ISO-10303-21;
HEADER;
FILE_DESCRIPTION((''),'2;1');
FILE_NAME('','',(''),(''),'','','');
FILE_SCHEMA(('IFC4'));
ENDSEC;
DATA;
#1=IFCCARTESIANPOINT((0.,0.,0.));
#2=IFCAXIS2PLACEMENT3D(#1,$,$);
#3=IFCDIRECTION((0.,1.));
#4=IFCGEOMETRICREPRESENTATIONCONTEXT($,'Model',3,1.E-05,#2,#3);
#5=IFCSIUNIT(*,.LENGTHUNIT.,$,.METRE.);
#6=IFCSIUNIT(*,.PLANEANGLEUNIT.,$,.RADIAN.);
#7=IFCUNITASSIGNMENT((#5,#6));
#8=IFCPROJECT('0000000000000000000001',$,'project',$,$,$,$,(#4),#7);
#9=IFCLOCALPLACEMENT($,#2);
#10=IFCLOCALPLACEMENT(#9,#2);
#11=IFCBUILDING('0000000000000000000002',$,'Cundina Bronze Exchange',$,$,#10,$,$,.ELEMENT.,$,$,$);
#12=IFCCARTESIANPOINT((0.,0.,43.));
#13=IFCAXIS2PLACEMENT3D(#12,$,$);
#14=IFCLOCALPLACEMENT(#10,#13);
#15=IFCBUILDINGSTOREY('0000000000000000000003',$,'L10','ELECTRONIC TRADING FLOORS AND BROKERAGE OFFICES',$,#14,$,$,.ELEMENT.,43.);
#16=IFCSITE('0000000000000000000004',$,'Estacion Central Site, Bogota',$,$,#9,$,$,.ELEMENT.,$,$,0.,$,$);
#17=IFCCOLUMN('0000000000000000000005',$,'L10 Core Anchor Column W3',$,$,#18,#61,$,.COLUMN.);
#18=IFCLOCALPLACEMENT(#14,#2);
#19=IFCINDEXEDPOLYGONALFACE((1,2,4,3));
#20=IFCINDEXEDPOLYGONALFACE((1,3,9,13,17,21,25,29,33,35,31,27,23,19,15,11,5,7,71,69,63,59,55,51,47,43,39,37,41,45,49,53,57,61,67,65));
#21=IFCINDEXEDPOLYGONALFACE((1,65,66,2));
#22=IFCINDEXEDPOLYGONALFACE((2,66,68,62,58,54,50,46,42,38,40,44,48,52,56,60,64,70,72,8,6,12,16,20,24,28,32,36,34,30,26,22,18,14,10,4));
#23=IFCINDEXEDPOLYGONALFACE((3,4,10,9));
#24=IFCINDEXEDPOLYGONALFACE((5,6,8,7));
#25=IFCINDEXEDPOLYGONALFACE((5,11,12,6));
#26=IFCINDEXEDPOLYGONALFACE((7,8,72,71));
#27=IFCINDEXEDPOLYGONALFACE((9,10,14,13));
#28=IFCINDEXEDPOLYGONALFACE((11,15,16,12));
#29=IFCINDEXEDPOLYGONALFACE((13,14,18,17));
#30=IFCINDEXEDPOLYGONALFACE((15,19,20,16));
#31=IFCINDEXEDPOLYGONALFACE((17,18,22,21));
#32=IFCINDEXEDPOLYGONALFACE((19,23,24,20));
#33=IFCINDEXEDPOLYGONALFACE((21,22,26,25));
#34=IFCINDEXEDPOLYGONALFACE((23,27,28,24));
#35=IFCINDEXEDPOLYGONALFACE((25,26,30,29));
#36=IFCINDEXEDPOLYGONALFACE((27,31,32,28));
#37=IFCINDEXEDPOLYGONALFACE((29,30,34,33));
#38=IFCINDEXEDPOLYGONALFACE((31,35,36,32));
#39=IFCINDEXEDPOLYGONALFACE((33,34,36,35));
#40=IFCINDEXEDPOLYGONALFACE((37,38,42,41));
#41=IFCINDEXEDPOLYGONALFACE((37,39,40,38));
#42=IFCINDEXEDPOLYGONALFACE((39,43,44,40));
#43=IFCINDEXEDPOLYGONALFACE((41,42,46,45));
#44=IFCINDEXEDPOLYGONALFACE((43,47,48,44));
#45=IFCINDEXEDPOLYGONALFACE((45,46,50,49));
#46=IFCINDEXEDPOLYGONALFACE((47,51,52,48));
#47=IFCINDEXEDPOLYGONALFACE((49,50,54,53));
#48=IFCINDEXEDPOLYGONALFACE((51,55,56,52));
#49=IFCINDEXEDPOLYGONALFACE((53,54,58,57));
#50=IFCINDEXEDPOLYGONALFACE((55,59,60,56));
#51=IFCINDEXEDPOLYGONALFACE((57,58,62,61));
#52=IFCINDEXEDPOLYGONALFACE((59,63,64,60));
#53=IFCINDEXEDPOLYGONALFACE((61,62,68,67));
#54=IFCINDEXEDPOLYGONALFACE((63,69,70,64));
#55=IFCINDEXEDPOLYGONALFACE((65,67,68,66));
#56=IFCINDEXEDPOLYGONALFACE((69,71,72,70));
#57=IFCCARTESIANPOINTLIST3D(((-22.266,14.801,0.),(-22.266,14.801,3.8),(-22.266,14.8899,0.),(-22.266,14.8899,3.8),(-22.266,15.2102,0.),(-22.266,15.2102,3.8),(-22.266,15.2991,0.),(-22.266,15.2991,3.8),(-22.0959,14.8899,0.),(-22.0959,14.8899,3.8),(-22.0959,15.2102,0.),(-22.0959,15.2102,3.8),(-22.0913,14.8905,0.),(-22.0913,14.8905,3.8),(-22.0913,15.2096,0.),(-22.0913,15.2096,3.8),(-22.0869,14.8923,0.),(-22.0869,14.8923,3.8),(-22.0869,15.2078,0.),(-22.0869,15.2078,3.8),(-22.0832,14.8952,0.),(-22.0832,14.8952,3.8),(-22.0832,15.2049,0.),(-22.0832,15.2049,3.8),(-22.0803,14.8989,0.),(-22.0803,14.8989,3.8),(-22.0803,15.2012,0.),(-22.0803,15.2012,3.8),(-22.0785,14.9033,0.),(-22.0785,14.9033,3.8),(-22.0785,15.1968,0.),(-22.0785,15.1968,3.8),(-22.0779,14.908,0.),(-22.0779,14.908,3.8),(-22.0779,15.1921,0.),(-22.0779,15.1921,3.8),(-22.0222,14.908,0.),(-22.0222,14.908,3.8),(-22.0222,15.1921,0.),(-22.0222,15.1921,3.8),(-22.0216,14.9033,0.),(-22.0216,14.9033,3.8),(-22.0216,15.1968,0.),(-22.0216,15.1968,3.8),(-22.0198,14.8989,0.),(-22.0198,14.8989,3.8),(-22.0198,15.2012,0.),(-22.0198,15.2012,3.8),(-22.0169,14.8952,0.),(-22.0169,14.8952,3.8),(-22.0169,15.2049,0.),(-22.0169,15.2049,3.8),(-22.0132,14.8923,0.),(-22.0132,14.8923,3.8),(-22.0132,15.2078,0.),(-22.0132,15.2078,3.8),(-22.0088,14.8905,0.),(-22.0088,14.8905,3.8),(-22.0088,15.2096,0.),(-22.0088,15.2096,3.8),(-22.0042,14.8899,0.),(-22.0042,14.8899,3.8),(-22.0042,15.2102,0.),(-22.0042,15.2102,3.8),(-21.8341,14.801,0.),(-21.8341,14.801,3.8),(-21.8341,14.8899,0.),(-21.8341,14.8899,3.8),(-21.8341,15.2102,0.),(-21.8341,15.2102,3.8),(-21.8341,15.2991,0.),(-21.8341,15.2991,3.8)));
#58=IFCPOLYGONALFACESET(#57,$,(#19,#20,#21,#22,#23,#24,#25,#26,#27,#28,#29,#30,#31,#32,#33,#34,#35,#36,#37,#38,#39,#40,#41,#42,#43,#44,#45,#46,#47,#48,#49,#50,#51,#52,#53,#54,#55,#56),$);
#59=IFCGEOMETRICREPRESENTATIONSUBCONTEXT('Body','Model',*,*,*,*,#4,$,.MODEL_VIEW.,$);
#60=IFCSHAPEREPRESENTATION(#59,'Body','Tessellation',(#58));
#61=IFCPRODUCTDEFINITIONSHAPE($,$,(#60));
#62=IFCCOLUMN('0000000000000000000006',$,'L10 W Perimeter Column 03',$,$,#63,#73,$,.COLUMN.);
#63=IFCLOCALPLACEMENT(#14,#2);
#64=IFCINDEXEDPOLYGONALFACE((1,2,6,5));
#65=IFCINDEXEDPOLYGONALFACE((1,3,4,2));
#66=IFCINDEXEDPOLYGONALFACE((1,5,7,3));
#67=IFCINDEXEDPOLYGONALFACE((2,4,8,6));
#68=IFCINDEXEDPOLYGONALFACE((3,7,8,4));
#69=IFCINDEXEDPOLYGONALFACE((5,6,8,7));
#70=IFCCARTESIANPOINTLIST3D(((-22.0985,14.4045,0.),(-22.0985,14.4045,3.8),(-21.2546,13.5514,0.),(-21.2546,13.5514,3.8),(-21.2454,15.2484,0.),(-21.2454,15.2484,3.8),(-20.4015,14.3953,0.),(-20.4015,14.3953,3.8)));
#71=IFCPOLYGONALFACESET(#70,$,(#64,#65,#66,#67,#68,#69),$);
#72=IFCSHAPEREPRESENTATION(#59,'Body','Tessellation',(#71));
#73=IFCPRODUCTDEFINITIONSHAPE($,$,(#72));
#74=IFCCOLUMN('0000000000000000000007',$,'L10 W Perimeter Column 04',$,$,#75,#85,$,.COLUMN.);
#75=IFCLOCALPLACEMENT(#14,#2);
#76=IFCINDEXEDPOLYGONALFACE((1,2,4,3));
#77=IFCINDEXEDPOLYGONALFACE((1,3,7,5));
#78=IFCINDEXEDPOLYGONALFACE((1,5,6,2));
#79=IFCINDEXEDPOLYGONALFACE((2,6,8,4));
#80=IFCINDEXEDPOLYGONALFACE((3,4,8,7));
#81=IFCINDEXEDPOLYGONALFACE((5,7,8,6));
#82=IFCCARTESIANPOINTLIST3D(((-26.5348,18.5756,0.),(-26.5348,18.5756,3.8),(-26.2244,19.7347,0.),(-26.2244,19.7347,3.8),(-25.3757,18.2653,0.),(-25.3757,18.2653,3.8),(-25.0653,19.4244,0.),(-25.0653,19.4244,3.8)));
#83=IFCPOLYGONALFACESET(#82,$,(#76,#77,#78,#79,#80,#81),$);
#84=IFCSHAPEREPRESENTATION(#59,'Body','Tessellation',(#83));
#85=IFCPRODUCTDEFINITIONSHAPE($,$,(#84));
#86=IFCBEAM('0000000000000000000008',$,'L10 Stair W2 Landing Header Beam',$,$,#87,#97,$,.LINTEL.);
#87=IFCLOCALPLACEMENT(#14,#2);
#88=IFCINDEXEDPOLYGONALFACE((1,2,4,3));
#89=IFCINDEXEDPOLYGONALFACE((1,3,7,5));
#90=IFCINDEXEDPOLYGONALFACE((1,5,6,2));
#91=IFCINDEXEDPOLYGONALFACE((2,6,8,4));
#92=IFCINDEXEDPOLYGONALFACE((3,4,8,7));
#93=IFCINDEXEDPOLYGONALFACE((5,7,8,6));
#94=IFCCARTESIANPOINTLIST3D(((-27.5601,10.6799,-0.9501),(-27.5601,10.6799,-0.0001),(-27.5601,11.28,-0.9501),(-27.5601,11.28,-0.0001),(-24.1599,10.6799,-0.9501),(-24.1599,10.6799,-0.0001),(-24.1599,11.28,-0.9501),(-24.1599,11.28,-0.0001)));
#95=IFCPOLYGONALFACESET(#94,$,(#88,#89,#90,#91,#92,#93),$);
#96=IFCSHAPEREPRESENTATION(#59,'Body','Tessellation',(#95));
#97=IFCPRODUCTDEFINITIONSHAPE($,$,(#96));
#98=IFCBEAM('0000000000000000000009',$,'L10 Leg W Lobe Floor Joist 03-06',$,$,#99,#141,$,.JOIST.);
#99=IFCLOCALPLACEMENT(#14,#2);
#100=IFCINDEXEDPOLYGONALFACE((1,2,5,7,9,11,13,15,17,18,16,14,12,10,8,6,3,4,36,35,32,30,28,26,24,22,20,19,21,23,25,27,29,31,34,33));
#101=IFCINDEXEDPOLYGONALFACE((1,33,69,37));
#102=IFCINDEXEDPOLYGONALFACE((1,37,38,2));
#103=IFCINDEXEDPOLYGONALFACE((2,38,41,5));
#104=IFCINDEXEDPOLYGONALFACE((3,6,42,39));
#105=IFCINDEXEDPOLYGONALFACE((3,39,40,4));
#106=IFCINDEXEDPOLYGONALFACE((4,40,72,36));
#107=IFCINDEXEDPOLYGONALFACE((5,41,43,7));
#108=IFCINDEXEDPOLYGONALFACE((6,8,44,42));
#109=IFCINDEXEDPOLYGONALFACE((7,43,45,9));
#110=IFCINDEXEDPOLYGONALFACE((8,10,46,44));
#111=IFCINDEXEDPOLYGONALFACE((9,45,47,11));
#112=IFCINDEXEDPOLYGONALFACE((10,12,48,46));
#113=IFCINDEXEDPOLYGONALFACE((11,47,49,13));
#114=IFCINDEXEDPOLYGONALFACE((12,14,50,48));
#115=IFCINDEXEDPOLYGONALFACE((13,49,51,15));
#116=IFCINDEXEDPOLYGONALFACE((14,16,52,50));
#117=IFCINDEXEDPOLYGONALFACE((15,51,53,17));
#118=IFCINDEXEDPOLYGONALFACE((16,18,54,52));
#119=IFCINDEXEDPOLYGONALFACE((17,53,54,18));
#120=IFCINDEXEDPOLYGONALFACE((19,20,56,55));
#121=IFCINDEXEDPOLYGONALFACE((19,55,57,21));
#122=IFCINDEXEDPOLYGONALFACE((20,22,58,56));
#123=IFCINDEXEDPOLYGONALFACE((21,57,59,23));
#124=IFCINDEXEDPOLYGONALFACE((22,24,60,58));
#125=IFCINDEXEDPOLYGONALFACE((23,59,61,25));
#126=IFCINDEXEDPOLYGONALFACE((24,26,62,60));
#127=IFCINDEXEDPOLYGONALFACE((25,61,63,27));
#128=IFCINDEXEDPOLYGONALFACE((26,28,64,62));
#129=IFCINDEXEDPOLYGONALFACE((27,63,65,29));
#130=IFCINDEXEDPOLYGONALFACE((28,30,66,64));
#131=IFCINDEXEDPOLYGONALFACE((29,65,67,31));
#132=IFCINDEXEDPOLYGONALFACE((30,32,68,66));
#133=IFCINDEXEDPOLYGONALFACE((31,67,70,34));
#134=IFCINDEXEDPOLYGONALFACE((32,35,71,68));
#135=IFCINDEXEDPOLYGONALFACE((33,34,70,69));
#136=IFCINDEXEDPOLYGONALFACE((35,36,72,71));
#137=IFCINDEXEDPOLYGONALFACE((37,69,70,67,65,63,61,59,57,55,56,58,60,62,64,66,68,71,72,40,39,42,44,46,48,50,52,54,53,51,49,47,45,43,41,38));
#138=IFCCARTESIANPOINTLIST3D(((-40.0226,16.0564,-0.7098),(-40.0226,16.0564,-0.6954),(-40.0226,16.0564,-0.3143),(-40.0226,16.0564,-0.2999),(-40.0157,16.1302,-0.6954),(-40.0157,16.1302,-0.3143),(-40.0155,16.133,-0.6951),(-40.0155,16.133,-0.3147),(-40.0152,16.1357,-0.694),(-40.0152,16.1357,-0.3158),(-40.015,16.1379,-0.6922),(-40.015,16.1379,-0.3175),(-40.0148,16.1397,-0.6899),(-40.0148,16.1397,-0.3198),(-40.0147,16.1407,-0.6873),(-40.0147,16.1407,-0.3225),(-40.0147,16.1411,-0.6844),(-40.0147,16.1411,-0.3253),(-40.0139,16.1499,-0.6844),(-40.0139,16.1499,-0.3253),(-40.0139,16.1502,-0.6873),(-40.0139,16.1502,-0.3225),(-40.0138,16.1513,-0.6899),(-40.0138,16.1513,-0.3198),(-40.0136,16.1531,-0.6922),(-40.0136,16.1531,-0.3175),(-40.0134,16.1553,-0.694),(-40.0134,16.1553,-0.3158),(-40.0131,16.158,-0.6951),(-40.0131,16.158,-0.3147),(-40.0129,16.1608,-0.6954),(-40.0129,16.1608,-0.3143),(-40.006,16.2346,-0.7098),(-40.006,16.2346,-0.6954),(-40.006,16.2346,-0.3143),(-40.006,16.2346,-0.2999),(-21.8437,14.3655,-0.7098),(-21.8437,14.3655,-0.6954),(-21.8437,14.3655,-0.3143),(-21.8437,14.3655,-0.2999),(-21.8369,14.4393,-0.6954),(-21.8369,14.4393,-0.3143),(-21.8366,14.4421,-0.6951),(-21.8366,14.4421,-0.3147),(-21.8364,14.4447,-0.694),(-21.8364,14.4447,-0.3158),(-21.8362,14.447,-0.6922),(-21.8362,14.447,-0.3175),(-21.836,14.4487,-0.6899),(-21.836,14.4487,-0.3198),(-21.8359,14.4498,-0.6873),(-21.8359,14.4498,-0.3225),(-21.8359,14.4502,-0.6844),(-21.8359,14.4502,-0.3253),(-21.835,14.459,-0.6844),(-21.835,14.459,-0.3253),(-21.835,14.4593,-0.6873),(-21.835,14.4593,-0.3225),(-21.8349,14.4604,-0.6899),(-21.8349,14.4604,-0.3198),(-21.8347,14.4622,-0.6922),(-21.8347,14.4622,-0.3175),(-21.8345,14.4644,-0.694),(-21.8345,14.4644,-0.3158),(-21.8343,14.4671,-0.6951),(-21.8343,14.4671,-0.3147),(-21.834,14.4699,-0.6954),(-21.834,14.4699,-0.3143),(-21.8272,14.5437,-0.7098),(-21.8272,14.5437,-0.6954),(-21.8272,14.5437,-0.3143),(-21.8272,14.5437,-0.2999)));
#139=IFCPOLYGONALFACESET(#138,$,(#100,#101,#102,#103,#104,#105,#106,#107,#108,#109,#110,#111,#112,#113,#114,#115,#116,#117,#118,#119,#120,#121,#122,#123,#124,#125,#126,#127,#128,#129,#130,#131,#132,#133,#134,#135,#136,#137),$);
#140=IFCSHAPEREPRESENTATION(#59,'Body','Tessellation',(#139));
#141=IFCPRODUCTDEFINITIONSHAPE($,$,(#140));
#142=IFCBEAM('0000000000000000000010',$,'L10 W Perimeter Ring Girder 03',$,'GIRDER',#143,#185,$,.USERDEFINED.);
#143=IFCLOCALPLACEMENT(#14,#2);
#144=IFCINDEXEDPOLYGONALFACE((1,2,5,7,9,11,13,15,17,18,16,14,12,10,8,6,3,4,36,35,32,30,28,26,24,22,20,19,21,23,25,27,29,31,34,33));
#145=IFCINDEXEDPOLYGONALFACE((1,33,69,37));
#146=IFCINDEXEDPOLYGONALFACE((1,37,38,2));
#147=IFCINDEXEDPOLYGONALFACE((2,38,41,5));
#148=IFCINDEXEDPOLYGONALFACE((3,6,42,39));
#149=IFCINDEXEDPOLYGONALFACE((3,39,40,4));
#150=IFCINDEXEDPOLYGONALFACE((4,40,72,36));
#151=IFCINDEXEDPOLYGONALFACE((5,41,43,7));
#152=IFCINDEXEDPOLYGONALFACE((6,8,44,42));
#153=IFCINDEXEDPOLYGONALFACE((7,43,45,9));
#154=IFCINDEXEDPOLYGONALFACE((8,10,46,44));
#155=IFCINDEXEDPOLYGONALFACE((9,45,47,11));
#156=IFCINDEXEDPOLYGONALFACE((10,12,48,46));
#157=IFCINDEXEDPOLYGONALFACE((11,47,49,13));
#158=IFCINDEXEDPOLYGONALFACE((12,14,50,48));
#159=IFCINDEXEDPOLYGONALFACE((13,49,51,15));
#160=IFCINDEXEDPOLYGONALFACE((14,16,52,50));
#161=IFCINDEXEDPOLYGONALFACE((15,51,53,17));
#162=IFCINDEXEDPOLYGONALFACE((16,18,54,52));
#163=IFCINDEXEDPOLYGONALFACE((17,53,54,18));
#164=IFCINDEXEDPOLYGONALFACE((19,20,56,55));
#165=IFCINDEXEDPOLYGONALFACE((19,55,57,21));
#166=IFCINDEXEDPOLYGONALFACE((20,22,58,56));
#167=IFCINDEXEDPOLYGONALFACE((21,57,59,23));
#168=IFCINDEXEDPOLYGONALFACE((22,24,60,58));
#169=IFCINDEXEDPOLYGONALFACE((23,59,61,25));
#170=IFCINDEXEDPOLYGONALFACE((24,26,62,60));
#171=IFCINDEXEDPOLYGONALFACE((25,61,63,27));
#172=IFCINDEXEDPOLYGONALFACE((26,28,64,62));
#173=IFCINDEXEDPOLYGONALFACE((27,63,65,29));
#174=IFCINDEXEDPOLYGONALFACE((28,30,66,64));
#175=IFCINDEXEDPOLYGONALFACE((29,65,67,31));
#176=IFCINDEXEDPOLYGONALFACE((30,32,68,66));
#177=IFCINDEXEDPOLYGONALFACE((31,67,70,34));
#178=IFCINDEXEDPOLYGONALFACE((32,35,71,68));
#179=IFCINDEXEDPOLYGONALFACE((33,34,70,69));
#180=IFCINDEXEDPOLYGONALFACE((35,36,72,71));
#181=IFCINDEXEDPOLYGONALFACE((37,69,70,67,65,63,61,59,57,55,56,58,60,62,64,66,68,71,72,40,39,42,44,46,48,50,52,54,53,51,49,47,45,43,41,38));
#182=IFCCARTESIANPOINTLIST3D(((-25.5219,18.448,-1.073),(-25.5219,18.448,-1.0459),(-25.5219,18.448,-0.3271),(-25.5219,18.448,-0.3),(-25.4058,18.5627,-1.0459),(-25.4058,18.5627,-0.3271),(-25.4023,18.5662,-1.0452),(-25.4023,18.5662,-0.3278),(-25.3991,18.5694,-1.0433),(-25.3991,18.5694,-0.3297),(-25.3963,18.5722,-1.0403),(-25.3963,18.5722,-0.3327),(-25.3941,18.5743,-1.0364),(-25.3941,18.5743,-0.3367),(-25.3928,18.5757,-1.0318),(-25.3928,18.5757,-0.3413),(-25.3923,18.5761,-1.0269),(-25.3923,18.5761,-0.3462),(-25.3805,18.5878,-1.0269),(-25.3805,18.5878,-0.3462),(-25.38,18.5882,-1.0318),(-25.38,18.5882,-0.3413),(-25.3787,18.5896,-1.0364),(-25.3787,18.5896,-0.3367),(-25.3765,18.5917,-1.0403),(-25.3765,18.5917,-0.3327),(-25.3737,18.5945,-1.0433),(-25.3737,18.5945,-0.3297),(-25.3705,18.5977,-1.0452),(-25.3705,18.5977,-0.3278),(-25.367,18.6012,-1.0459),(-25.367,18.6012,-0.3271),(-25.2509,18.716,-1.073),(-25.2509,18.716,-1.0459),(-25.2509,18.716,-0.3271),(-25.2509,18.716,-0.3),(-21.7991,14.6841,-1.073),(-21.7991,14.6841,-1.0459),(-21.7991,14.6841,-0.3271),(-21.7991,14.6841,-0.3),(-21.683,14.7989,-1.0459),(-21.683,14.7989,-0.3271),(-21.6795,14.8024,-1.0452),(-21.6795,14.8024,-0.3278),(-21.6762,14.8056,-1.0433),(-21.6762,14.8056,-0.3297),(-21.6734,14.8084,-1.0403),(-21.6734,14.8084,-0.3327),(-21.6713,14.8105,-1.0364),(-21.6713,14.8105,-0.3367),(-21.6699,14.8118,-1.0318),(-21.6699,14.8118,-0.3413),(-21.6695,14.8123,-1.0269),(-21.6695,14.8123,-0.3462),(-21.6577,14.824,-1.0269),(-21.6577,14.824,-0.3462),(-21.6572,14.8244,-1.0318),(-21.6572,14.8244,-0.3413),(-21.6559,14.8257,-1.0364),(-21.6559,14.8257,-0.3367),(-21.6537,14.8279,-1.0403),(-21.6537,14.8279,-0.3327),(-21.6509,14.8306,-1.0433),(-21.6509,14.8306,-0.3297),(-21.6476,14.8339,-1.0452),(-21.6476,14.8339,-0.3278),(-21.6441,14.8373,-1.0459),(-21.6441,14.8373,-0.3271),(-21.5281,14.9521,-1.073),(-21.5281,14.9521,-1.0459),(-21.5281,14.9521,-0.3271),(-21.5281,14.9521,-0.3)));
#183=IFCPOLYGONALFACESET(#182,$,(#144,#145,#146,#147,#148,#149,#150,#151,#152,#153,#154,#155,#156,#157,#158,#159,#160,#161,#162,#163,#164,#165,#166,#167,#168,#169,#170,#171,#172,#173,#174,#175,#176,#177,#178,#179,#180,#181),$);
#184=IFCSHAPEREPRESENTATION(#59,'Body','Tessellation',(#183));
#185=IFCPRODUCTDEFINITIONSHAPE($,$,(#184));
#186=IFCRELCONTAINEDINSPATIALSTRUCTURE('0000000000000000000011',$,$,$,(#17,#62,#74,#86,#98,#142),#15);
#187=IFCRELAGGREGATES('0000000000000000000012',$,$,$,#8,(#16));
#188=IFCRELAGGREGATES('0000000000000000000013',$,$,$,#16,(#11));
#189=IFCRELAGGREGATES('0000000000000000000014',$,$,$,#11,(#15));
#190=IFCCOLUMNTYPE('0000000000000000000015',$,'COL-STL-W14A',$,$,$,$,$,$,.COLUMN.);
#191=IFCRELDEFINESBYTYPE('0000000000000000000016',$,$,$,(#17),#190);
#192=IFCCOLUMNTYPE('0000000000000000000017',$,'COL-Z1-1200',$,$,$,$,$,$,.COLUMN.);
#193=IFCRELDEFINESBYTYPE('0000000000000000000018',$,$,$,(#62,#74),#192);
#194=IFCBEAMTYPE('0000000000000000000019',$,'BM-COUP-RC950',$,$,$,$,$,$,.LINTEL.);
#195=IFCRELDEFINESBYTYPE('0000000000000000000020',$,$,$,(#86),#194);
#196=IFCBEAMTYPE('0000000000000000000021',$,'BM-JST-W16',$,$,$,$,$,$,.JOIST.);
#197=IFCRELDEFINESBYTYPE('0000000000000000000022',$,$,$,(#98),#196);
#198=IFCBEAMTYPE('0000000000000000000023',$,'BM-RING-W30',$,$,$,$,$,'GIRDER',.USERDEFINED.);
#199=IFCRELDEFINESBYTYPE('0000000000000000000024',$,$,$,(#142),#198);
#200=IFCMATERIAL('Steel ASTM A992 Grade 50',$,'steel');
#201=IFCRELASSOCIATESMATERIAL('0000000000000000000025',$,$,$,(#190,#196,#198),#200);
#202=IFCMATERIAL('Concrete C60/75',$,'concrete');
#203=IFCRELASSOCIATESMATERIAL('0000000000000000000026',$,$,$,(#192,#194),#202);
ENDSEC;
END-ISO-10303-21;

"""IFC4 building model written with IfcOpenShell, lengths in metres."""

from ifc_helpers import new_model, si_unit, direction, frame, origin, origin_2d, place, context, subcontext, project, spatial, rectangle, i_section, extrude, material, material_profile, profile_set, type_object, element, save


model = new_model("IFC4")

# Units and contexts
model_context = context("Model", 3, precision=1e-05, world=origin(), true_north=direction((0.0, 1.0)))
body_context = subcontext(model_context, "Body", "Model", "MODEL_VIEW")
ifc_project = project(units=[si_unit("LENGTHUNIT", "METRE"), si_unit("PLANEANGLEUNIT", "RADIAN")], contexts=[model_context])

# Site, building, storey
site_placement = place(None, origin())
site = spatial("IfcSite", under=ifc_project, at=site_placement, Name="Estacion Central Site, Bogota", CompositionType="ELEMENT", RefElevation=0.0)
building_placement = place(site_placement, origin())
building = spatial("IfcBuilding", under=site, at=building_placement, Name="Cundina Bronze Exchange", CompositionType="ELEMENT")
storey_placement = place(building_placement, frame((0.0, 0.0, 43.0)))
storey = spatial("IfcBuildingStorey", under=building, at=storey_placement, Name="L10", Description="ELECTRONIC TRADING FLOORS AND BROKERAGE OFFICES", CompositionType="ELEMENT", Elevation=43.0)

# Columns
ifc_material_1 = material(Name="Steel ASTM A992 Grade 50", Category="steel")
ifc_material_profile_1 = material_profile(ifc_material_1, i_section(OverallWidth=0.4319, OverallDepth=0.498, WebThickness=0.0557, FlangeThickness=0.0889, FilletRadius=0.0181, at=origin_2d()), Name="W14X500", Category="steel")
ifc_profile_set_1 = profile_set([ifc_material_profile_1], Name="Steel ASTM A992 Grade 50")
column_type_1 = type_object("IfcColumnType", Name="COL-STL-W14A", PredefinedType="COLUMN", material=ifc_profile_set_1)
column_placement = place(storey_placement, frame((-22.05, 15.05, 0.0), z_axis=(0.0, 0.0, 1.0), x_axis=(1.0, 0.0, 0.0)))
element("IfcColumn", 1, at=column_placement, inside=storey, type_object=column_type_1, Name="L10 Core Anchor Column W3", PredefinedType="COLUMN", context=body_context, shape_type="SweptSolid", body=[
    extrude(i_section(OverallWidth=0.4319, OverallDepth=0.498, WebThickness=0.0557, FlangeThickness=0.0889, FilletRadius=0.0181, at=origin_2d()), origin(), (0.0, 0.0, 1.0), 3.8),
])
ifc_material_2 = material(Name="Concrete C60/75", Category="concrete")
ifc_material_profile_2 = material_profile(ifc_material_2, rectangle(XDim=1.2, YDim=1.2, at=origin_2d()), Name="RC1200X1200", Category="concrete")
ifc_profile_set_2 = profile_set([ifc_material_profile_2], Name="Concrete C60/75")
column_type_2 = type_object("IfcColumnType", Name="COL-Z1-1200", PredefinedType="COLUMN", material=ifc_profile_set_2)
for number, where, z_axis, x_axis, name in (
    (2, (-21.25, 14.3999, 0.0), (0.0, 0.0, 1.0), (-0.703271, 0.710922, 0.0), "L10 W Perimeter Column 03"),
    (3, (-25.8, 19.0, 0.0), (0.0, 0.0, 1.0), (-0.965971, 0.25865, 0.0), "L10 W Perimeter Column 04"),
):
    element("IfcColumn", number, at=place(storey_placement, frame(where, z_axis=z_axis, x_axis=x_axis)), inside=storey, type_object=column_type_2, Name=name, PredefinedType="COLUMN", context=body_context, shape_type="SweptSolid", body=[
        extrude(rectangle(XDim=1.2, YDim=1.2, at=origin_2d()), origin(), (0.0, 0.0, 1.0), 3.8),
    ])

# Beams
ifc_material_profile_3 = material_profile(ifc_material_2, rectangle(XDim=0.6001, YDim=0.95, at=origin_2d()), Name="RC600X950", Category="concrete")
ifc_profile_set_3 = profile_set([ifc_material_profile_3], Name="Concrete C60/75")
beam_type_1 = type_object("IfcBeamType", Name="BM-COUP-RC950", PredefinedType="LINTEL", material=ifc_profile_set_3)
beam_1_placement = place(storey_placement, frame((-27.5601, 10.98, -0.4751), z_axis=(1.0, 0.0, 0.0), x_axis=(0.0, 1.0, 0.0)))
element("IfcBeam", 4, at=beam_1_placement, inside=storey, type_object=beam_type_1, Name="L10 Stair W2 Landing Header Beam", PredefinedType="LINTEL", context=body_context, shape_type="SweptSolid", body=[
    extrude(rectangle(XDim=0.6001, YDim=0.95, at=origin_2d()), origin(), (0.0, 0.0, 1.0), 3.4001),
])
ifc_material_profile_4 = material_profile(ifc_material_1, i_section(OverallWidth=0.179, OverallDepth=0.4099, WebThickness=0.0088, FlangeThickness=0.0144, FilletRadius=0.011, at=origin_2d()), Name="W16X45", Category="steel")
ifc_profile_set_4 = profile_set([ifc_material_profile_4], Name="Steel ASTM A992 Grade 50")
beam_type_2 = type_object("IfcBeamType", Name="BM-JST-W16", PredefinedType="JOIST", material=ifc_profile_set_4)
beam_2_placement = place(storey_placement, frame((-21.8354, 14.4546, -0.5049), z_axis=(-0.995702, 0.092615, 0.0), x_axis=(-0.092615, -0.995702, 0.0)))
element("IfcBeam", 5, at=beam_2_placement, inside=storey, type_object=beam_type_2, Name="L10 Leg W Lobe Floor Joist 03-06", PredefinedType="JOIST", context=body_context, shape_type="SweptSolid", body=[
    extrude(i_section(OverallWidth=0.179, OverallDepth=0.4099, WebThickness=0.0088, FlangeThickness=0.0144, FilletRadius=0.011, at=origin_2d()), origin(), (0.0, 0.0, 1.0), 18.2573),
])
ifc_material_profile_5 = material_profile(ifc_material_1, i_section(OverallWidth=0.3811, OverallDepth=0.7729, WebThickness=0.0166, FlangeThickness=0.0271, FilletRadius=0.019, at=origin_2d()), Name="W30X173", Category="steel")
ifc_profile_set_5 = profile_set([ifc_material_profile_5], Name="Steel ASTM A992 Grade 50")
beam_type_3 = type_object("IfcBeamType", Name="BM-RING-W30", ElementType="GIRDER", PredefinedType="USERDEFINED", material=ifc_profile_set_5)
beam_3_placement = place(storey_placement, frame((-21.6636, 14.8181, -0.6865), z_axis=(-0.703222, 0.71097, 0.0), x_axis=(-0.71097, -0.703222, 0.0)))
element("IfcBeam", 6, at=beam_3_placement, inside=storey, type_object=beam_type_3, Name="L10 W Perimeter Ring Girder 03", ObjectType="GIRDER", PredefinedType="USERDEFINED", context=body_context, shape_type="SweptSolid", body=[
    extrude(i_section(OverallWidth=0.3811, OverallDepth=0.7729, WebThickness=0.0166, FlangeThickness=0.0271, FilletRadius=0.019, at=origin_2d()), origin(), (0.0, 0.0, 1.0), 5.2939),
])

save(model, "model.ifc")
